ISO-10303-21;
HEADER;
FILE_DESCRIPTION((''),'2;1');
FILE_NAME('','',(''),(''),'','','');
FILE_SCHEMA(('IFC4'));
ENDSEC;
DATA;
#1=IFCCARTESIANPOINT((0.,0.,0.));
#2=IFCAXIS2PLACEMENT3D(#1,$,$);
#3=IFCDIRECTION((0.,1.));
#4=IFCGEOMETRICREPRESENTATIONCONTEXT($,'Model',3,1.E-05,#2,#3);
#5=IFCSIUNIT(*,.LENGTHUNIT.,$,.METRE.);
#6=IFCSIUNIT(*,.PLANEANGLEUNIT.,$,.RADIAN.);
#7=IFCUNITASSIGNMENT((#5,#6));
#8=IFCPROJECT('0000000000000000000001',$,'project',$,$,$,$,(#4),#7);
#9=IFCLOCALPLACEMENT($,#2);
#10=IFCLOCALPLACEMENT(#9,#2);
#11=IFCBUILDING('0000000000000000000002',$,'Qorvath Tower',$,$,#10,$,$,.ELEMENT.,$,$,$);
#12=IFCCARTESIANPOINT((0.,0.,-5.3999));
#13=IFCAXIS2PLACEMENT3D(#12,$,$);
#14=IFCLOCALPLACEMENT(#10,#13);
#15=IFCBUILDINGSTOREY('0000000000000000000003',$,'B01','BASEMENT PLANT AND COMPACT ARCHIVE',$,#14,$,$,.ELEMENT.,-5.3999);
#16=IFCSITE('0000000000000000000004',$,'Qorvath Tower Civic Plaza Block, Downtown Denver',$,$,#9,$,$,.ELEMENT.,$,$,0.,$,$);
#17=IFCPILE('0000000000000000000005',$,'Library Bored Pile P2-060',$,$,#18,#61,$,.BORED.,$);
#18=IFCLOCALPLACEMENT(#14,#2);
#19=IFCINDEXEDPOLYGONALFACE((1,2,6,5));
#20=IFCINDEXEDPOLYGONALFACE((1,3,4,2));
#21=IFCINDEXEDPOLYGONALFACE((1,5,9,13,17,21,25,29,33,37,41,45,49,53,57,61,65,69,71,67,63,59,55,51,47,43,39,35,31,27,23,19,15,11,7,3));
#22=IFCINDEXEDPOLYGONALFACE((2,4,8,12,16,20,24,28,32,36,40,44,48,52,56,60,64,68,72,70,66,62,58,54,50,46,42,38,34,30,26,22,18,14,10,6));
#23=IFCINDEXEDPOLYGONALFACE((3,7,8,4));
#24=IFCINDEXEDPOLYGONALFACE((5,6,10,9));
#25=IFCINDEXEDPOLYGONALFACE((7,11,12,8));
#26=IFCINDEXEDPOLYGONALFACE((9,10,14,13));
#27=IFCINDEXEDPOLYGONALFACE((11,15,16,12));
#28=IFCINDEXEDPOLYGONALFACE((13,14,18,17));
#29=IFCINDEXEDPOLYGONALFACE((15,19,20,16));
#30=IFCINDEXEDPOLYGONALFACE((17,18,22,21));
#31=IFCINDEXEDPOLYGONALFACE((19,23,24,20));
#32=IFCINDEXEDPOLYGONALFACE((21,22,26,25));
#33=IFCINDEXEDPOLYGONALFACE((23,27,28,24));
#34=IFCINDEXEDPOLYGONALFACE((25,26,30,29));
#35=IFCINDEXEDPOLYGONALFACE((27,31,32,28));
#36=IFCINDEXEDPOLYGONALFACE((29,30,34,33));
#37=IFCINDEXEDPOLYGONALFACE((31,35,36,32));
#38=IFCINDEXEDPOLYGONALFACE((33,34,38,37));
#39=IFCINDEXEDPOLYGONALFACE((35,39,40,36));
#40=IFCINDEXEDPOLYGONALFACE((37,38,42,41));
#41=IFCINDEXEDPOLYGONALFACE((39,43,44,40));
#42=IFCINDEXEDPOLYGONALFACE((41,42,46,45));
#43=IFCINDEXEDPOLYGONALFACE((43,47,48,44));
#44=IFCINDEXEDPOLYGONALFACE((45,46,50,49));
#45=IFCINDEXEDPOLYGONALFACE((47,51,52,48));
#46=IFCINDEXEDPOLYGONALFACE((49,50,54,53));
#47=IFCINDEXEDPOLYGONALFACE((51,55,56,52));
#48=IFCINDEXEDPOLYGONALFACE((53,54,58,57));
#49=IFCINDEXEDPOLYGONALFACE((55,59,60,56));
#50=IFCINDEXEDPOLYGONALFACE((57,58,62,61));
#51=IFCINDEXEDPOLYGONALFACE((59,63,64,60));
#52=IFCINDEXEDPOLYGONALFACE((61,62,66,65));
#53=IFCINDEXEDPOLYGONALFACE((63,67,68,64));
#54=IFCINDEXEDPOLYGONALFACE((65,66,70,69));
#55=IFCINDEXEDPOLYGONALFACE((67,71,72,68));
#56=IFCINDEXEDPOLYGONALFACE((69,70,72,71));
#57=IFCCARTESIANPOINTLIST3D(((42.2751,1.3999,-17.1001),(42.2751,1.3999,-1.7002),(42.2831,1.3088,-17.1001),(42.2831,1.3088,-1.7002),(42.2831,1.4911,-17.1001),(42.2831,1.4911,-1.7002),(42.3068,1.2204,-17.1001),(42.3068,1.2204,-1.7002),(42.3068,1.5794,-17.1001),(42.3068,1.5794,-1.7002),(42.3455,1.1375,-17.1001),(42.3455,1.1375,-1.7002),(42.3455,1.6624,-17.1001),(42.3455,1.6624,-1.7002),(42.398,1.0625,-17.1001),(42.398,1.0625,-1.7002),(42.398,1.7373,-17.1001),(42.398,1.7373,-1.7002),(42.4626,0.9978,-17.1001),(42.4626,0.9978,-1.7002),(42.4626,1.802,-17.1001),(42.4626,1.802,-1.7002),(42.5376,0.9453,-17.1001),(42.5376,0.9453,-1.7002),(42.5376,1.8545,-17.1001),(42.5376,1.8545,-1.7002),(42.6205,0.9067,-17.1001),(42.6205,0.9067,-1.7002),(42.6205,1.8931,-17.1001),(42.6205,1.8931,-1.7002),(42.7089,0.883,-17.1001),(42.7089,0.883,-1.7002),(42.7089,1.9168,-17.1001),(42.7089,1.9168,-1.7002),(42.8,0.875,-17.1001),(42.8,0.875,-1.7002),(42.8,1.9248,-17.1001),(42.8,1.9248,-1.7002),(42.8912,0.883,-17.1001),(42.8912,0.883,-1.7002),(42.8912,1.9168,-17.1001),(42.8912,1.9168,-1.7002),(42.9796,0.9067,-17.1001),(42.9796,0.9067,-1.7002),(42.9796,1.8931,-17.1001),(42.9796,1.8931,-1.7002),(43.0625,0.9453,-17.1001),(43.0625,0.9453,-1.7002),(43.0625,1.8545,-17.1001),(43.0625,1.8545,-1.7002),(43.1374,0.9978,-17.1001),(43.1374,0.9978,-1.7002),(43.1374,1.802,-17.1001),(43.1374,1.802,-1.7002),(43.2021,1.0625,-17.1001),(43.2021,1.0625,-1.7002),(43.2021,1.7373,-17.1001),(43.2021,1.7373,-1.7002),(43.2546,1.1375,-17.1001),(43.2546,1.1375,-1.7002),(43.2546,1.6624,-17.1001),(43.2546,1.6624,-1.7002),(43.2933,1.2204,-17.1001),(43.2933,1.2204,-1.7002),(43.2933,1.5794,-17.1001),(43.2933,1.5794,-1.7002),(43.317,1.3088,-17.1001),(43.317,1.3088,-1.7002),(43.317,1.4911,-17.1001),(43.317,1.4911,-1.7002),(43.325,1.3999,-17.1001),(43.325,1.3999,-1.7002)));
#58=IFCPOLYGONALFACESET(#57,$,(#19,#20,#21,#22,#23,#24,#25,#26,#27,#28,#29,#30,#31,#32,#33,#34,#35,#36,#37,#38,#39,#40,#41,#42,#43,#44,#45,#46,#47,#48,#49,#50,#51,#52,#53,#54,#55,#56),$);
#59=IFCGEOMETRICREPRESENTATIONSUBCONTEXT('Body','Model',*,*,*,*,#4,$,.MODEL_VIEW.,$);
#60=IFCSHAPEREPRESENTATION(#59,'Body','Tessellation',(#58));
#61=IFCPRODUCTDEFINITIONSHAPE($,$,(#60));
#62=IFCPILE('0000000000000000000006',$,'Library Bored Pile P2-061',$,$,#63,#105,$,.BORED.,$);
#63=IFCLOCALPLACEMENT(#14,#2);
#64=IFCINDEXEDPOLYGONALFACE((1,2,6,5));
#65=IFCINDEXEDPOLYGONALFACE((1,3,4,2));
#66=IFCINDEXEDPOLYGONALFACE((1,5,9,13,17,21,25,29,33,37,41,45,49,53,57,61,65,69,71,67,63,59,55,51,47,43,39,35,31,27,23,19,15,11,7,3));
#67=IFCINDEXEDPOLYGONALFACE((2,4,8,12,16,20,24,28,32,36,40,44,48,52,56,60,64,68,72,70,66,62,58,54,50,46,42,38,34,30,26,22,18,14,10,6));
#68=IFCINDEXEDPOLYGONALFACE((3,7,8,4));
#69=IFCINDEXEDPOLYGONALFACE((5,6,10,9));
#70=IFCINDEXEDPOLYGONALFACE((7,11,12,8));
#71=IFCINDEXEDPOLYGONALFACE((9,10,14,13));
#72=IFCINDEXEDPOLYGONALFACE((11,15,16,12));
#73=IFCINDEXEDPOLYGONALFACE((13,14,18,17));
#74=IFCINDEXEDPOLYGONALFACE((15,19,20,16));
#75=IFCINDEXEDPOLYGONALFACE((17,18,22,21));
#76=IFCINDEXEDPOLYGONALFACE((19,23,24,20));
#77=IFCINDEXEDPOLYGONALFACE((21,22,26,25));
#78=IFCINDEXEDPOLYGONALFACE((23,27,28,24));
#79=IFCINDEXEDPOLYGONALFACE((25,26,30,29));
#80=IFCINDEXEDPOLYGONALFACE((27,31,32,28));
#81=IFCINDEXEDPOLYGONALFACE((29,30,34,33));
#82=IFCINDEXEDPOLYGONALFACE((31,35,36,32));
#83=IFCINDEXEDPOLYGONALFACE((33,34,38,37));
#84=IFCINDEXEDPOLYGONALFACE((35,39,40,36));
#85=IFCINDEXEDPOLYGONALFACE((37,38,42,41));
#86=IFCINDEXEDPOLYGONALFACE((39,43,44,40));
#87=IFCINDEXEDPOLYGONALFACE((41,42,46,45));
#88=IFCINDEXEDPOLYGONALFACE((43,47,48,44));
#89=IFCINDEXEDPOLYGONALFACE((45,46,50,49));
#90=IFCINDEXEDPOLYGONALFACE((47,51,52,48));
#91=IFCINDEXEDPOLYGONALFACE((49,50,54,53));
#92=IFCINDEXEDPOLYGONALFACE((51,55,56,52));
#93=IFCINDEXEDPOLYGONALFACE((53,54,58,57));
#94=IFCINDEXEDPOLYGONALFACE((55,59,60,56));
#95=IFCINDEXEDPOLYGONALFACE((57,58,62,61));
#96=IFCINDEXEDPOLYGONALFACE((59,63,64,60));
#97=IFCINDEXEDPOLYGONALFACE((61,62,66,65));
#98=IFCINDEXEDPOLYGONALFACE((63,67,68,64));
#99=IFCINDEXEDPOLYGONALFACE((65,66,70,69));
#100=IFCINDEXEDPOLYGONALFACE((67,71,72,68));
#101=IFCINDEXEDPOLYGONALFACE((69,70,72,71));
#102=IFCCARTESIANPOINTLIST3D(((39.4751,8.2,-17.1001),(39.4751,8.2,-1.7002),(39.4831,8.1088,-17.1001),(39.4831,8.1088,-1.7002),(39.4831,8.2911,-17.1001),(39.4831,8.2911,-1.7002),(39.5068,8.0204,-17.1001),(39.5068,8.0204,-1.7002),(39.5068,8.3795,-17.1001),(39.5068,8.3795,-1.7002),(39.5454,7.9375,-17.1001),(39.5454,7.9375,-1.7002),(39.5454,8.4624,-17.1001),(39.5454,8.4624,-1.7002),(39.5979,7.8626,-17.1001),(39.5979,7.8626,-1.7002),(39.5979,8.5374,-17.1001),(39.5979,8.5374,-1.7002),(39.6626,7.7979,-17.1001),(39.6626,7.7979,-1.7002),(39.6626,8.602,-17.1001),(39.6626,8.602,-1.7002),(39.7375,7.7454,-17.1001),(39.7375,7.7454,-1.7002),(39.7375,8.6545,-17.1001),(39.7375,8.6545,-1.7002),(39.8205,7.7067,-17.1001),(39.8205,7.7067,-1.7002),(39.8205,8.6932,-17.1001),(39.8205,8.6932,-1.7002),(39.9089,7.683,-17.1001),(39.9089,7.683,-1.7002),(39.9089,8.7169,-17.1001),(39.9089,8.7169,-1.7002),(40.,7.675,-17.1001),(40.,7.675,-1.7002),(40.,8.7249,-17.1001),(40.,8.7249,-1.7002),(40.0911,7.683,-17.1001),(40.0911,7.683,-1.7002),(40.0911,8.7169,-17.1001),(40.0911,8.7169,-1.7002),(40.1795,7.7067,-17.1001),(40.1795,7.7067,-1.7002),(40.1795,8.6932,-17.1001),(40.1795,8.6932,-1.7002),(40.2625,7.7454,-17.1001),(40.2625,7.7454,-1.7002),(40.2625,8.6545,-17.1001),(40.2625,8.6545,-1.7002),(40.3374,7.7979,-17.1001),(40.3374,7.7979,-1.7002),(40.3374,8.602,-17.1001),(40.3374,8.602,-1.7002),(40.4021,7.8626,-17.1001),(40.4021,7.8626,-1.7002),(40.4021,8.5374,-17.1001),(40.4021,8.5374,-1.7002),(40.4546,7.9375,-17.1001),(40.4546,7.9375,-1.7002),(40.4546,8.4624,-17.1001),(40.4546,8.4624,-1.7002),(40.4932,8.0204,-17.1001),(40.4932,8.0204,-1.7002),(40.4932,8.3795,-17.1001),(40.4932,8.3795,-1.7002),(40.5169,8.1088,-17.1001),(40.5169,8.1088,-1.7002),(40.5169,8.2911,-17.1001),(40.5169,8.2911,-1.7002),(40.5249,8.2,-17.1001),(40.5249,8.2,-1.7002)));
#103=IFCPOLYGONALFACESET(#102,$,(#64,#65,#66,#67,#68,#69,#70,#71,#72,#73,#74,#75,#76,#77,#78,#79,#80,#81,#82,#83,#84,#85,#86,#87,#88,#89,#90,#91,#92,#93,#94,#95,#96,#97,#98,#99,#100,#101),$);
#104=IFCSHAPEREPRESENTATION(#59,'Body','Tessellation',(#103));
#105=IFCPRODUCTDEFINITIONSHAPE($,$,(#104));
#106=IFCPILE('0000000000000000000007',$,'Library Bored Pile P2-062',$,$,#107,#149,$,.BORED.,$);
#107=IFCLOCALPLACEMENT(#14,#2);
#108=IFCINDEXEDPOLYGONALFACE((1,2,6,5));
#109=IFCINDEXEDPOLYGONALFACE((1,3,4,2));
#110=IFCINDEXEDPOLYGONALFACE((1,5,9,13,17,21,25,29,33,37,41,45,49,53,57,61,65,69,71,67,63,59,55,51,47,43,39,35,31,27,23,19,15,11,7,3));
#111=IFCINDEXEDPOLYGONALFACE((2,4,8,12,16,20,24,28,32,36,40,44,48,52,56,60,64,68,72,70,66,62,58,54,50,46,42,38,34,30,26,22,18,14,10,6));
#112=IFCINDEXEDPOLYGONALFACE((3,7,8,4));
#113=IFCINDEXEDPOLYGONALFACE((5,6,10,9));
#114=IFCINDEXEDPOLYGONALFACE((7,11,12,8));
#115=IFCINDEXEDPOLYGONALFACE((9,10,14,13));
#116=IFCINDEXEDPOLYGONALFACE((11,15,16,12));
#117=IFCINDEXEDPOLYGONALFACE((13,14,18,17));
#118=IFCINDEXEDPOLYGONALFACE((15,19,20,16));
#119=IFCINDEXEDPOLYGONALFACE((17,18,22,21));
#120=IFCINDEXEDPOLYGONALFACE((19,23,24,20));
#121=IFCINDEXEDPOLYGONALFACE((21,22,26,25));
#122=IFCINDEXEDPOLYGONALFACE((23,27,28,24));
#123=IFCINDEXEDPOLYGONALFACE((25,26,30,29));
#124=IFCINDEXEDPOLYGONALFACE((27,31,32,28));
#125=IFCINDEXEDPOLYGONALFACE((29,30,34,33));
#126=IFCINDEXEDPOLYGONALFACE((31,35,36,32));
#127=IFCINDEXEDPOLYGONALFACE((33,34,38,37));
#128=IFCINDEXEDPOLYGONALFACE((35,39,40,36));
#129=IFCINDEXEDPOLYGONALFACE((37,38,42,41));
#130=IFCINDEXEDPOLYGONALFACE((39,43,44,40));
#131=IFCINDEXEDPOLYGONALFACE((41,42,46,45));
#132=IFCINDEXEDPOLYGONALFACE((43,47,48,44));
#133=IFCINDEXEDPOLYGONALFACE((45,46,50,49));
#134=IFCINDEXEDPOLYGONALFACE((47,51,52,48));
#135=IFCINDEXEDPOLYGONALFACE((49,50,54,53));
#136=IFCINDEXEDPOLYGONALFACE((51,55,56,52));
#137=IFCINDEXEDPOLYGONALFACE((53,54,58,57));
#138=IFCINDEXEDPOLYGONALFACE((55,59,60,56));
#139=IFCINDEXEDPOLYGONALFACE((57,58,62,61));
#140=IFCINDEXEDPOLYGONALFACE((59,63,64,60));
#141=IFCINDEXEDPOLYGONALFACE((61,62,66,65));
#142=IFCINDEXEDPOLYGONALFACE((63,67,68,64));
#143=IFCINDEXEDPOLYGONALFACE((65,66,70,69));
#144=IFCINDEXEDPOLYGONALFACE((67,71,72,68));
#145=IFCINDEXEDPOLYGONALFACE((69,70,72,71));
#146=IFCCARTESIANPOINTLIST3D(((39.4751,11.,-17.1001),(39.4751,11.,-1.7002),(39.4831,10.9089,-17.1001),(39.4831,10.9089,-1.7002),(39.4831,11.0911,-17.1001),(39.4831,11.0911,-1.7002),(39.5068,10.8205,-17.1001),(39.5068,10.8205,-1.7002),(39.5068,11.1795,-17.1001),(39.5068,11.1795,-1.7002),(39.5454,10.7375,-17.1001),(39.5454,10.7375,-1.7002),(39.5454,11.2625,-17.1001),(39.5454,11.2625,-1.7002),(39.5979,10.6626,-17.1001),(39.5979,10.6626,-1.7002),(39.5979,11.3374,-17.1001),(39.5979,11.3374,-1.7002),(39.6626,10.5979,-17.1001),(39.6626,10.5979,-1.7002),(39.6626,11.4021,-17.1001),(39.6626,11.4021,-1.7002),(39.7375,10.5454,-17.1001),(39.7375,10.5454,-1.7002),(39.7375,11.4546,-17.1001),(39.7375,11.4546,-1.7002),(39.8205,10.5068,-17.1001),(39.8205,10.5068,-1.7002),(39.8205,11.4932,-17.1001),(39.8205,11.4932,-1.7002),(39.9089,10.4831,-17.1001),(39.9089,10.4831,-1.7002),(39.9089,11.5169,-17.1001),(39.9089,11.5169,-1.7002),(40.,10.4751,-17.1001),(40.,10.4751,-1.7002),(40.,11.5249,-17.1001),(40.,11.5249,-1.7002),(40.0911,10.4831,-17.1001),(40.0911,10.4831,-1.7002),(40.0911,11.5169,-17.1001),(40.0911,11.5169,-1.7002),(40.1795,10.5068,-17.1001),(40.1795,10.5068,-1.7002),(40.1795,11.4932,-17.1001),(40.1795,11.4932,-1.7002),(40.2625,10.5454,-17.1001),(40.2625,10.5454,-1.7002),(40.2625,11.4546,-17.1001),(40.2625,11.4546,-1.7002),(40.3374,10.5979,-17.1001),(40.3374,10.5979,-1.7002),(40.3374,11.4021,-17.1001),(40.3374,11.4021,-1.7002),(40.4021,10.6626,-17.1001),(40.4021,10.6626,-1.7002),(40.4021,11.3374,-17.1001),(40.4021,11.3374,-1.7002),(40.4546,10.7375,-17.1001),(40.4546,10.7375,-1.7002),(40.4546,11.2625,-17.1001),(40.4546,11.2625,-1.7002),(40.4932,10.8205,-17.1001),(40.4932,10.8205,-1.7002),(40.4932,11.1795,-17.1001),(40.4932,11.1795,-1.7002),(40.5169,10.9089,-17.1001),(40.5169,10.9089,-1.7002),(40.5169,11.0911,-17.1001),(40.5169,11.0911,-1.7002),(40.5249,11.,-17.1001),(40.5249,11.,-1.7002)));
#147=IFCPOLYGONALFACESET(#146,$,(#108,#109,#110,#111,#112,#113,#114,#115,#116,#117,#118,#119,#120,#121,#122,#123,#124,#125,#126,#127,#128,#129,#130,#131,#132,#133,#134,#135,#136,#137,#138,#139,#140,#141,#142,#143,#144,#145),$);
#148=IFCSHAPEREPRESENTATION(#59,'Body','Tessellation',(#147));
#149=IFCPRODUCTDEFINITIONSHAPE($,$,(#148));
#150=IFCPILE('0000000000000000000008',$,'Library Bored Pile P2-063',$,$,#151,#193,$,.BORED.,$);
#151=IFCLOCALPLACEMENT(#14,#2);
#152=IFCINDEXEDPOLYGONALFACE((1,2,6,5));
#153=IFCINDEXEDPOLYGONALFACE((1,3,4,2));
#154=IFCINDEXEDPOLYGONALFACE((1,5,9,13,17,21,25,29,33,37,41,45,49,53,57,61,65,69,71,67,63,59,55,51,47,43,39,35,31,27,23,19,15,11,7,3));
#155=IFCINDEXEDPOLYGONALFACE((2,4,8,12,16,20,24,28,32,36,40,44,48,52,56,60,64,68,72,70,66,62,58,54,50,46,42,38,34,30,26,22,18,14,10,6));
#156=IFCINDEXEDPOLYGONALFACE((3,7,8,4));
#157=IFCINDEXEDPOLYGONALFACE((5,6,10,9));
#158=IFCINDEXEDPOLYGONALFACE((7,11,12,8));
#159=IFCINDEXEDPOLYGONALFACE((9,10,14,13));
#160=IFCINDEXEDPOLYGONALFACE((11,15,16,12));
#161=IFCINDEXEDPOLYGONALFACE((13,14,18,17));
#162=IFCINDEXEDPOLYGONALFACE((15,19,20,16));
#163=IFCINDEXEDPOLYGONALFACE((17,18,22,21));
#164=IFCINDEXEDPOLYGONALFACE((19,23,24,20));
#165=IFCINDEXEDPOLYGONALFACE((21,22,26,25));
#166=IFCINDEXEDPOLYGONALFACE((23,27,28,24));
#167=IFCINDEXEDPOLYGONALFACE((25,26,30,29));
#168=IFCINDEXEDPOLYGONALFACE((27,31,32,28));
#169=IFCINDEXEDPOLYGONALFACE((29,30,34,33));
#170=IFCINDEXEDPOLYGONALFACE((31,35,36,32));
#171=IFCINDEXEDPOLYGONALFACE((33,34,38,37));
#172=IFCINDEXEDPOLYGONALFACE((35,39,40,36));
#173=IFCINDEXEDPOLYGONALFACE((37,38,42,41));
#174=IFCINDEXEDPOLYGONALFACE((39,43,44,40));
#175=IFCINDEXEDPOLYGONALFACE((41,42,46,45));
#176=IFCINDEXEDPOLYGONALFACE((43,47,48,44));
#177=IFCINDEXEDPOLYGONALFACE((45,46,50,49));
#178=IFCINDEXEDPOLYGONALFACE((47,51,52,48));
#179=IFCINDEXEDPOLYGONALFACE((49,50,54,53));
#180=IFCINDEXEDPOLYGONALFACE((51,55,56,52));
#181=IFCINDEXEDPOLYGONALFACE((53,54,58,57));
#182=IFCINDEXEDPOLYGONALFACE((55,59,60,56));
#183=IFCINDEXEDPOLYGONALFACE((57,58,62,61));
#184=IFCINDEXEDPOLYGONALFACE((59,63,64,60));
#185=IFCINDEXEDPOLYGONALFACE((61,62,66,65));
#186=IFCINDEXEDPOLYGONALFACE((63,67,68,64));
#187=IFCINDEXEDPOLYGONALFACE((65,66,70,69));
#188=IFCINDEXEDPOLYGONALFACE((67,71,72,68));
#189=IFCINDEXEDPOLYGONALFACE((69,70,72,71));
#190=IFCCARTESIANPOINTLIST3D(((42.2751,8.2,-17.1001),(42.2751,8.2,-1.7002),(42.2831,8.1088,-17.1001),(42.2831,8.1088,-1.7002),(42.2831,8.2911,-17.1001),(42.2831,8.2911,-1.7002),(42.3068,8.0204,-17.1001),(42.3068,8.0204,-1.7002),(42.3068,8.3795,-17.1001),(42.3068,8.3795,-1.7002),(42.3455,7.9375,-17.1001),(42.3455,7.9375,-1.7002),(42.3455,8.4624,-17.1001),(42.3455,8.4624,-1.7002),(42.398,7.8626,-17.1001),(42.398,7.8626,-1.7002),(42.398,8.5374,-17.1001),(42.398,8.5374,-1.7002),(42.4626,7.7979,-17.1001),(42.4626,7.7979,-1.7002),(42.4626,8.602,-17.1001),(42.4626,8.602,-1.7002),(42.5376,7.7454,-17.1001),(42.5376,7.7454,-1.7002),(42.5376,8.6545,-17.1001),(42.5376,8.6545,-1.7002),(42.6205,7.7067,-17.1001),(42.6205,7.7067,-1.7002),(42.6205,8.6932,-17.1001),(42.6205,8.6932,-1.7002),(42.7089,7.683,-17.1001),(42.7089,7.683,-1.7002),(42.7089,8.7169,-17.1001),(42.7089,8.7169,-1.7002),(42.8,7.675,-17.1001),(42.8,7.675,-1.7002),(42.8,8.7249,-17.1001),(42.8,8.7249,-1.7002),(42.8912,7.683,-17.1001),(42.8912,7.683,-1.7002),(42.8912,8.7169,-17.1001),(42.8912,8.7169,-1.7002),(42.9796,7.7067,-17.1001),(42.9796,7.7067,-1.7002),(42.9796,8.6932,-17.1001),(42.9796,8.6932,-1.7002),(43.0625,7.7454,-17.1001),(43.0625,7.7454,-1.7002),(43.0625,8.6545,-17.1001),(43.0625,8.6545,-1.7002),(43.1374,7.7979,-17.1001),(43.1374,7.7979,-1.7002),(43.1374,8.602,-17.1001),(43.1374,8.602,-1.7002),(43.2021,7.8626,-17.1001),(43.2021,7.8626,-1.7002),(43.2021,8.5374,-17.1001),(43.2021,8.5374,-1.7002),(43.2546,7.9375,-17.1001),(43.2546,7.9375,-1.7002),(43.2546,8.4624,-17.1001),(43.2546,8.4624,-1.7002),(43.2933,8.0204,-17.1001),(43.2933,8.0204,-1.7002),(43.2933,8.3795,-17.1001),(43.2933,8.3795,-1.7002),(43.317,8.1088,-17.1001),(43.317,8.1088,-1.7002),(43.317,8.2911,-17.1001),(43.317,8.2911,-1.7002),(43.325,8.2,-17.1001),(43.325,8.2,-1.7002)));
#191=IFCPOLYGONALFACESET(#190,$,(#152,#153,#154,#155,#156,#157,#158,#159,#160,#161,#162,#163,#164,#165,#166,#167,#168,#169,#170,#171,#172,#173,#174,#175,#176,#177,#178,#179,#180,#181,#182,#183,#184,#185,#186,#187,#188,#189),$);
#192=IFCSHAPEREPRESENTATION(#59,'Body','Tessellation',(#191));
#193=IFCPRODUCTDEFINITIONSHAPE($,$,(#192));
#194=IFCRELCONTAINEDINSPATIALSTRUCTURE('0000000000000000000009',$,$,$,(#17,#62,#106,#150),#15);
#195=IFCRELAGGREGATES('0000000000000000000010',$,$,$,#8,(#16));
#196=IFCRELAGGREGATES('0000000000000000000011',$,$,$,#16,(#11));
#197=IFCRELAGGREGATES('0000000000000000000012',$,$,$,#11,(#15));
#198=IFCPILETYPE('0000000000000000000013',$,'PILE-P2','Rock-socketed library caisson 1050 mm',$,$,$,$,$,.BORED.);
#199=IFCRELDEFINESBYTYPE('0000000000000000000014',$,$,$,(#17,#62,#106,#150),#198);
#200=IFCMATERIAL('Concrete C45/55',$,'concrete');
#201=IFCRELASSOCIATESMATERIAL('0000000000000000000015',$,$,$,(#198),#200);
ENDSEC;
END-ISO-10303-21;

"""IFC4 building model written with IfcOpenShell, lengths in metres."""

from ifc_helpers import new_model, si_unit, direction, frame, origin, origin_2d, place, context, subcontext, project, spatial, circle, extrude, material, material_profile, profile_set, type_object, element, save


model = new_model("IFC4")

# Units and contexts
model_context = context("Model", 3, precision=1e-05, world=origin(), true_north=direction((0.0, 1.0)))
body_context = subcontext(model_context, "Body", "Model", "MODEL_VIEW")
ifc_project = project(units=[si_unit("LENGTHUNIT", "METRE"), si_unit("PLANEANGLEUNIT", "RADIAN")], contexts=[model_context])

# Site, building, storey
site_placement = place(None, origin())
site = spatial("IfcSite", under=ifc_project, at=site_placement, Name="Qorvath Tower Civic Plaza Block, Downtown Denver", CompositionType="ELEMENT", RefElevation=0.0)
building_placement = place(site_placement, origin())
building = spatial("IfcBuilding", under=site, at=building_placement, Name="Qorvath Tower", CompositionType="ELEMENT")
storey_placement = place(building_placement, frame((0.0, 0.0, -5.3999)))
storey = spatial("IfcBuildingStorey", under=building, at=storey_placement, Name="B01", Description="BASEMENT PLANT AND COMPACT ARCHIVE", CompositionType="ELEMENT", Elevation=-5.3999)

# Piles
ifc_material_1 = material(Name="Concrete C45/55", Category="concrete")
ifc_material_profile_1 = material_profile(ifc_material_1, circle(Radius=0.5249, at=origin_2d()), Name="BORED PILE 1050")
ifc_profile_set_1 = profile_set([ifc_material_profile_1], Name="Concrete C45/55")
pile_type = type_object("IfcPileType", Name="PILE-P2", Description="Rock-socketed library caisson 1050 mm", PredefinedType="BORED", material=ifc_profile_set_1)
for number, where, z_axis, x_axis, name in (
    (1, (42.8, 1.3999, -1.7002), (0.0, 0.0, -1.0), (1.0, 0.0, 0.0), "Library Bored Pile P2-060"),
    (2, (40.0, 8.2, -1.7002), (0.0, 0.0, -1.0), (1.0, 0.0, 0.0), "Library Bored Pile P2-061"),
    (3, (40.0, 11.0, -1.7002), (0.0, 0.0, -1.0), (1.0, 0.0, 0.0), "Library Bored Pile P2-062"),
    (4, (42.8, 8.2, -1.7002), (0.0, 0.0, -1.0), (1.0, 0.0, 0.0), "Library Bored Pile P2-063"),
):
    element("IfcPile", number, at=place(storey_placement, frame(where, z_axis=z_axis, x_axis=x_axis)), inside=storey, type_object=pile_type, Name=name, PredefinedType="BORED", context=body_context, shape_type="SweptSolid", body=[
        extrude(circle(Radius=0.5249, at=origin_2d()), origin(), (0.0, 0.0, 1.0), 15.3999),
    ])

save(model, "model.ifc")
